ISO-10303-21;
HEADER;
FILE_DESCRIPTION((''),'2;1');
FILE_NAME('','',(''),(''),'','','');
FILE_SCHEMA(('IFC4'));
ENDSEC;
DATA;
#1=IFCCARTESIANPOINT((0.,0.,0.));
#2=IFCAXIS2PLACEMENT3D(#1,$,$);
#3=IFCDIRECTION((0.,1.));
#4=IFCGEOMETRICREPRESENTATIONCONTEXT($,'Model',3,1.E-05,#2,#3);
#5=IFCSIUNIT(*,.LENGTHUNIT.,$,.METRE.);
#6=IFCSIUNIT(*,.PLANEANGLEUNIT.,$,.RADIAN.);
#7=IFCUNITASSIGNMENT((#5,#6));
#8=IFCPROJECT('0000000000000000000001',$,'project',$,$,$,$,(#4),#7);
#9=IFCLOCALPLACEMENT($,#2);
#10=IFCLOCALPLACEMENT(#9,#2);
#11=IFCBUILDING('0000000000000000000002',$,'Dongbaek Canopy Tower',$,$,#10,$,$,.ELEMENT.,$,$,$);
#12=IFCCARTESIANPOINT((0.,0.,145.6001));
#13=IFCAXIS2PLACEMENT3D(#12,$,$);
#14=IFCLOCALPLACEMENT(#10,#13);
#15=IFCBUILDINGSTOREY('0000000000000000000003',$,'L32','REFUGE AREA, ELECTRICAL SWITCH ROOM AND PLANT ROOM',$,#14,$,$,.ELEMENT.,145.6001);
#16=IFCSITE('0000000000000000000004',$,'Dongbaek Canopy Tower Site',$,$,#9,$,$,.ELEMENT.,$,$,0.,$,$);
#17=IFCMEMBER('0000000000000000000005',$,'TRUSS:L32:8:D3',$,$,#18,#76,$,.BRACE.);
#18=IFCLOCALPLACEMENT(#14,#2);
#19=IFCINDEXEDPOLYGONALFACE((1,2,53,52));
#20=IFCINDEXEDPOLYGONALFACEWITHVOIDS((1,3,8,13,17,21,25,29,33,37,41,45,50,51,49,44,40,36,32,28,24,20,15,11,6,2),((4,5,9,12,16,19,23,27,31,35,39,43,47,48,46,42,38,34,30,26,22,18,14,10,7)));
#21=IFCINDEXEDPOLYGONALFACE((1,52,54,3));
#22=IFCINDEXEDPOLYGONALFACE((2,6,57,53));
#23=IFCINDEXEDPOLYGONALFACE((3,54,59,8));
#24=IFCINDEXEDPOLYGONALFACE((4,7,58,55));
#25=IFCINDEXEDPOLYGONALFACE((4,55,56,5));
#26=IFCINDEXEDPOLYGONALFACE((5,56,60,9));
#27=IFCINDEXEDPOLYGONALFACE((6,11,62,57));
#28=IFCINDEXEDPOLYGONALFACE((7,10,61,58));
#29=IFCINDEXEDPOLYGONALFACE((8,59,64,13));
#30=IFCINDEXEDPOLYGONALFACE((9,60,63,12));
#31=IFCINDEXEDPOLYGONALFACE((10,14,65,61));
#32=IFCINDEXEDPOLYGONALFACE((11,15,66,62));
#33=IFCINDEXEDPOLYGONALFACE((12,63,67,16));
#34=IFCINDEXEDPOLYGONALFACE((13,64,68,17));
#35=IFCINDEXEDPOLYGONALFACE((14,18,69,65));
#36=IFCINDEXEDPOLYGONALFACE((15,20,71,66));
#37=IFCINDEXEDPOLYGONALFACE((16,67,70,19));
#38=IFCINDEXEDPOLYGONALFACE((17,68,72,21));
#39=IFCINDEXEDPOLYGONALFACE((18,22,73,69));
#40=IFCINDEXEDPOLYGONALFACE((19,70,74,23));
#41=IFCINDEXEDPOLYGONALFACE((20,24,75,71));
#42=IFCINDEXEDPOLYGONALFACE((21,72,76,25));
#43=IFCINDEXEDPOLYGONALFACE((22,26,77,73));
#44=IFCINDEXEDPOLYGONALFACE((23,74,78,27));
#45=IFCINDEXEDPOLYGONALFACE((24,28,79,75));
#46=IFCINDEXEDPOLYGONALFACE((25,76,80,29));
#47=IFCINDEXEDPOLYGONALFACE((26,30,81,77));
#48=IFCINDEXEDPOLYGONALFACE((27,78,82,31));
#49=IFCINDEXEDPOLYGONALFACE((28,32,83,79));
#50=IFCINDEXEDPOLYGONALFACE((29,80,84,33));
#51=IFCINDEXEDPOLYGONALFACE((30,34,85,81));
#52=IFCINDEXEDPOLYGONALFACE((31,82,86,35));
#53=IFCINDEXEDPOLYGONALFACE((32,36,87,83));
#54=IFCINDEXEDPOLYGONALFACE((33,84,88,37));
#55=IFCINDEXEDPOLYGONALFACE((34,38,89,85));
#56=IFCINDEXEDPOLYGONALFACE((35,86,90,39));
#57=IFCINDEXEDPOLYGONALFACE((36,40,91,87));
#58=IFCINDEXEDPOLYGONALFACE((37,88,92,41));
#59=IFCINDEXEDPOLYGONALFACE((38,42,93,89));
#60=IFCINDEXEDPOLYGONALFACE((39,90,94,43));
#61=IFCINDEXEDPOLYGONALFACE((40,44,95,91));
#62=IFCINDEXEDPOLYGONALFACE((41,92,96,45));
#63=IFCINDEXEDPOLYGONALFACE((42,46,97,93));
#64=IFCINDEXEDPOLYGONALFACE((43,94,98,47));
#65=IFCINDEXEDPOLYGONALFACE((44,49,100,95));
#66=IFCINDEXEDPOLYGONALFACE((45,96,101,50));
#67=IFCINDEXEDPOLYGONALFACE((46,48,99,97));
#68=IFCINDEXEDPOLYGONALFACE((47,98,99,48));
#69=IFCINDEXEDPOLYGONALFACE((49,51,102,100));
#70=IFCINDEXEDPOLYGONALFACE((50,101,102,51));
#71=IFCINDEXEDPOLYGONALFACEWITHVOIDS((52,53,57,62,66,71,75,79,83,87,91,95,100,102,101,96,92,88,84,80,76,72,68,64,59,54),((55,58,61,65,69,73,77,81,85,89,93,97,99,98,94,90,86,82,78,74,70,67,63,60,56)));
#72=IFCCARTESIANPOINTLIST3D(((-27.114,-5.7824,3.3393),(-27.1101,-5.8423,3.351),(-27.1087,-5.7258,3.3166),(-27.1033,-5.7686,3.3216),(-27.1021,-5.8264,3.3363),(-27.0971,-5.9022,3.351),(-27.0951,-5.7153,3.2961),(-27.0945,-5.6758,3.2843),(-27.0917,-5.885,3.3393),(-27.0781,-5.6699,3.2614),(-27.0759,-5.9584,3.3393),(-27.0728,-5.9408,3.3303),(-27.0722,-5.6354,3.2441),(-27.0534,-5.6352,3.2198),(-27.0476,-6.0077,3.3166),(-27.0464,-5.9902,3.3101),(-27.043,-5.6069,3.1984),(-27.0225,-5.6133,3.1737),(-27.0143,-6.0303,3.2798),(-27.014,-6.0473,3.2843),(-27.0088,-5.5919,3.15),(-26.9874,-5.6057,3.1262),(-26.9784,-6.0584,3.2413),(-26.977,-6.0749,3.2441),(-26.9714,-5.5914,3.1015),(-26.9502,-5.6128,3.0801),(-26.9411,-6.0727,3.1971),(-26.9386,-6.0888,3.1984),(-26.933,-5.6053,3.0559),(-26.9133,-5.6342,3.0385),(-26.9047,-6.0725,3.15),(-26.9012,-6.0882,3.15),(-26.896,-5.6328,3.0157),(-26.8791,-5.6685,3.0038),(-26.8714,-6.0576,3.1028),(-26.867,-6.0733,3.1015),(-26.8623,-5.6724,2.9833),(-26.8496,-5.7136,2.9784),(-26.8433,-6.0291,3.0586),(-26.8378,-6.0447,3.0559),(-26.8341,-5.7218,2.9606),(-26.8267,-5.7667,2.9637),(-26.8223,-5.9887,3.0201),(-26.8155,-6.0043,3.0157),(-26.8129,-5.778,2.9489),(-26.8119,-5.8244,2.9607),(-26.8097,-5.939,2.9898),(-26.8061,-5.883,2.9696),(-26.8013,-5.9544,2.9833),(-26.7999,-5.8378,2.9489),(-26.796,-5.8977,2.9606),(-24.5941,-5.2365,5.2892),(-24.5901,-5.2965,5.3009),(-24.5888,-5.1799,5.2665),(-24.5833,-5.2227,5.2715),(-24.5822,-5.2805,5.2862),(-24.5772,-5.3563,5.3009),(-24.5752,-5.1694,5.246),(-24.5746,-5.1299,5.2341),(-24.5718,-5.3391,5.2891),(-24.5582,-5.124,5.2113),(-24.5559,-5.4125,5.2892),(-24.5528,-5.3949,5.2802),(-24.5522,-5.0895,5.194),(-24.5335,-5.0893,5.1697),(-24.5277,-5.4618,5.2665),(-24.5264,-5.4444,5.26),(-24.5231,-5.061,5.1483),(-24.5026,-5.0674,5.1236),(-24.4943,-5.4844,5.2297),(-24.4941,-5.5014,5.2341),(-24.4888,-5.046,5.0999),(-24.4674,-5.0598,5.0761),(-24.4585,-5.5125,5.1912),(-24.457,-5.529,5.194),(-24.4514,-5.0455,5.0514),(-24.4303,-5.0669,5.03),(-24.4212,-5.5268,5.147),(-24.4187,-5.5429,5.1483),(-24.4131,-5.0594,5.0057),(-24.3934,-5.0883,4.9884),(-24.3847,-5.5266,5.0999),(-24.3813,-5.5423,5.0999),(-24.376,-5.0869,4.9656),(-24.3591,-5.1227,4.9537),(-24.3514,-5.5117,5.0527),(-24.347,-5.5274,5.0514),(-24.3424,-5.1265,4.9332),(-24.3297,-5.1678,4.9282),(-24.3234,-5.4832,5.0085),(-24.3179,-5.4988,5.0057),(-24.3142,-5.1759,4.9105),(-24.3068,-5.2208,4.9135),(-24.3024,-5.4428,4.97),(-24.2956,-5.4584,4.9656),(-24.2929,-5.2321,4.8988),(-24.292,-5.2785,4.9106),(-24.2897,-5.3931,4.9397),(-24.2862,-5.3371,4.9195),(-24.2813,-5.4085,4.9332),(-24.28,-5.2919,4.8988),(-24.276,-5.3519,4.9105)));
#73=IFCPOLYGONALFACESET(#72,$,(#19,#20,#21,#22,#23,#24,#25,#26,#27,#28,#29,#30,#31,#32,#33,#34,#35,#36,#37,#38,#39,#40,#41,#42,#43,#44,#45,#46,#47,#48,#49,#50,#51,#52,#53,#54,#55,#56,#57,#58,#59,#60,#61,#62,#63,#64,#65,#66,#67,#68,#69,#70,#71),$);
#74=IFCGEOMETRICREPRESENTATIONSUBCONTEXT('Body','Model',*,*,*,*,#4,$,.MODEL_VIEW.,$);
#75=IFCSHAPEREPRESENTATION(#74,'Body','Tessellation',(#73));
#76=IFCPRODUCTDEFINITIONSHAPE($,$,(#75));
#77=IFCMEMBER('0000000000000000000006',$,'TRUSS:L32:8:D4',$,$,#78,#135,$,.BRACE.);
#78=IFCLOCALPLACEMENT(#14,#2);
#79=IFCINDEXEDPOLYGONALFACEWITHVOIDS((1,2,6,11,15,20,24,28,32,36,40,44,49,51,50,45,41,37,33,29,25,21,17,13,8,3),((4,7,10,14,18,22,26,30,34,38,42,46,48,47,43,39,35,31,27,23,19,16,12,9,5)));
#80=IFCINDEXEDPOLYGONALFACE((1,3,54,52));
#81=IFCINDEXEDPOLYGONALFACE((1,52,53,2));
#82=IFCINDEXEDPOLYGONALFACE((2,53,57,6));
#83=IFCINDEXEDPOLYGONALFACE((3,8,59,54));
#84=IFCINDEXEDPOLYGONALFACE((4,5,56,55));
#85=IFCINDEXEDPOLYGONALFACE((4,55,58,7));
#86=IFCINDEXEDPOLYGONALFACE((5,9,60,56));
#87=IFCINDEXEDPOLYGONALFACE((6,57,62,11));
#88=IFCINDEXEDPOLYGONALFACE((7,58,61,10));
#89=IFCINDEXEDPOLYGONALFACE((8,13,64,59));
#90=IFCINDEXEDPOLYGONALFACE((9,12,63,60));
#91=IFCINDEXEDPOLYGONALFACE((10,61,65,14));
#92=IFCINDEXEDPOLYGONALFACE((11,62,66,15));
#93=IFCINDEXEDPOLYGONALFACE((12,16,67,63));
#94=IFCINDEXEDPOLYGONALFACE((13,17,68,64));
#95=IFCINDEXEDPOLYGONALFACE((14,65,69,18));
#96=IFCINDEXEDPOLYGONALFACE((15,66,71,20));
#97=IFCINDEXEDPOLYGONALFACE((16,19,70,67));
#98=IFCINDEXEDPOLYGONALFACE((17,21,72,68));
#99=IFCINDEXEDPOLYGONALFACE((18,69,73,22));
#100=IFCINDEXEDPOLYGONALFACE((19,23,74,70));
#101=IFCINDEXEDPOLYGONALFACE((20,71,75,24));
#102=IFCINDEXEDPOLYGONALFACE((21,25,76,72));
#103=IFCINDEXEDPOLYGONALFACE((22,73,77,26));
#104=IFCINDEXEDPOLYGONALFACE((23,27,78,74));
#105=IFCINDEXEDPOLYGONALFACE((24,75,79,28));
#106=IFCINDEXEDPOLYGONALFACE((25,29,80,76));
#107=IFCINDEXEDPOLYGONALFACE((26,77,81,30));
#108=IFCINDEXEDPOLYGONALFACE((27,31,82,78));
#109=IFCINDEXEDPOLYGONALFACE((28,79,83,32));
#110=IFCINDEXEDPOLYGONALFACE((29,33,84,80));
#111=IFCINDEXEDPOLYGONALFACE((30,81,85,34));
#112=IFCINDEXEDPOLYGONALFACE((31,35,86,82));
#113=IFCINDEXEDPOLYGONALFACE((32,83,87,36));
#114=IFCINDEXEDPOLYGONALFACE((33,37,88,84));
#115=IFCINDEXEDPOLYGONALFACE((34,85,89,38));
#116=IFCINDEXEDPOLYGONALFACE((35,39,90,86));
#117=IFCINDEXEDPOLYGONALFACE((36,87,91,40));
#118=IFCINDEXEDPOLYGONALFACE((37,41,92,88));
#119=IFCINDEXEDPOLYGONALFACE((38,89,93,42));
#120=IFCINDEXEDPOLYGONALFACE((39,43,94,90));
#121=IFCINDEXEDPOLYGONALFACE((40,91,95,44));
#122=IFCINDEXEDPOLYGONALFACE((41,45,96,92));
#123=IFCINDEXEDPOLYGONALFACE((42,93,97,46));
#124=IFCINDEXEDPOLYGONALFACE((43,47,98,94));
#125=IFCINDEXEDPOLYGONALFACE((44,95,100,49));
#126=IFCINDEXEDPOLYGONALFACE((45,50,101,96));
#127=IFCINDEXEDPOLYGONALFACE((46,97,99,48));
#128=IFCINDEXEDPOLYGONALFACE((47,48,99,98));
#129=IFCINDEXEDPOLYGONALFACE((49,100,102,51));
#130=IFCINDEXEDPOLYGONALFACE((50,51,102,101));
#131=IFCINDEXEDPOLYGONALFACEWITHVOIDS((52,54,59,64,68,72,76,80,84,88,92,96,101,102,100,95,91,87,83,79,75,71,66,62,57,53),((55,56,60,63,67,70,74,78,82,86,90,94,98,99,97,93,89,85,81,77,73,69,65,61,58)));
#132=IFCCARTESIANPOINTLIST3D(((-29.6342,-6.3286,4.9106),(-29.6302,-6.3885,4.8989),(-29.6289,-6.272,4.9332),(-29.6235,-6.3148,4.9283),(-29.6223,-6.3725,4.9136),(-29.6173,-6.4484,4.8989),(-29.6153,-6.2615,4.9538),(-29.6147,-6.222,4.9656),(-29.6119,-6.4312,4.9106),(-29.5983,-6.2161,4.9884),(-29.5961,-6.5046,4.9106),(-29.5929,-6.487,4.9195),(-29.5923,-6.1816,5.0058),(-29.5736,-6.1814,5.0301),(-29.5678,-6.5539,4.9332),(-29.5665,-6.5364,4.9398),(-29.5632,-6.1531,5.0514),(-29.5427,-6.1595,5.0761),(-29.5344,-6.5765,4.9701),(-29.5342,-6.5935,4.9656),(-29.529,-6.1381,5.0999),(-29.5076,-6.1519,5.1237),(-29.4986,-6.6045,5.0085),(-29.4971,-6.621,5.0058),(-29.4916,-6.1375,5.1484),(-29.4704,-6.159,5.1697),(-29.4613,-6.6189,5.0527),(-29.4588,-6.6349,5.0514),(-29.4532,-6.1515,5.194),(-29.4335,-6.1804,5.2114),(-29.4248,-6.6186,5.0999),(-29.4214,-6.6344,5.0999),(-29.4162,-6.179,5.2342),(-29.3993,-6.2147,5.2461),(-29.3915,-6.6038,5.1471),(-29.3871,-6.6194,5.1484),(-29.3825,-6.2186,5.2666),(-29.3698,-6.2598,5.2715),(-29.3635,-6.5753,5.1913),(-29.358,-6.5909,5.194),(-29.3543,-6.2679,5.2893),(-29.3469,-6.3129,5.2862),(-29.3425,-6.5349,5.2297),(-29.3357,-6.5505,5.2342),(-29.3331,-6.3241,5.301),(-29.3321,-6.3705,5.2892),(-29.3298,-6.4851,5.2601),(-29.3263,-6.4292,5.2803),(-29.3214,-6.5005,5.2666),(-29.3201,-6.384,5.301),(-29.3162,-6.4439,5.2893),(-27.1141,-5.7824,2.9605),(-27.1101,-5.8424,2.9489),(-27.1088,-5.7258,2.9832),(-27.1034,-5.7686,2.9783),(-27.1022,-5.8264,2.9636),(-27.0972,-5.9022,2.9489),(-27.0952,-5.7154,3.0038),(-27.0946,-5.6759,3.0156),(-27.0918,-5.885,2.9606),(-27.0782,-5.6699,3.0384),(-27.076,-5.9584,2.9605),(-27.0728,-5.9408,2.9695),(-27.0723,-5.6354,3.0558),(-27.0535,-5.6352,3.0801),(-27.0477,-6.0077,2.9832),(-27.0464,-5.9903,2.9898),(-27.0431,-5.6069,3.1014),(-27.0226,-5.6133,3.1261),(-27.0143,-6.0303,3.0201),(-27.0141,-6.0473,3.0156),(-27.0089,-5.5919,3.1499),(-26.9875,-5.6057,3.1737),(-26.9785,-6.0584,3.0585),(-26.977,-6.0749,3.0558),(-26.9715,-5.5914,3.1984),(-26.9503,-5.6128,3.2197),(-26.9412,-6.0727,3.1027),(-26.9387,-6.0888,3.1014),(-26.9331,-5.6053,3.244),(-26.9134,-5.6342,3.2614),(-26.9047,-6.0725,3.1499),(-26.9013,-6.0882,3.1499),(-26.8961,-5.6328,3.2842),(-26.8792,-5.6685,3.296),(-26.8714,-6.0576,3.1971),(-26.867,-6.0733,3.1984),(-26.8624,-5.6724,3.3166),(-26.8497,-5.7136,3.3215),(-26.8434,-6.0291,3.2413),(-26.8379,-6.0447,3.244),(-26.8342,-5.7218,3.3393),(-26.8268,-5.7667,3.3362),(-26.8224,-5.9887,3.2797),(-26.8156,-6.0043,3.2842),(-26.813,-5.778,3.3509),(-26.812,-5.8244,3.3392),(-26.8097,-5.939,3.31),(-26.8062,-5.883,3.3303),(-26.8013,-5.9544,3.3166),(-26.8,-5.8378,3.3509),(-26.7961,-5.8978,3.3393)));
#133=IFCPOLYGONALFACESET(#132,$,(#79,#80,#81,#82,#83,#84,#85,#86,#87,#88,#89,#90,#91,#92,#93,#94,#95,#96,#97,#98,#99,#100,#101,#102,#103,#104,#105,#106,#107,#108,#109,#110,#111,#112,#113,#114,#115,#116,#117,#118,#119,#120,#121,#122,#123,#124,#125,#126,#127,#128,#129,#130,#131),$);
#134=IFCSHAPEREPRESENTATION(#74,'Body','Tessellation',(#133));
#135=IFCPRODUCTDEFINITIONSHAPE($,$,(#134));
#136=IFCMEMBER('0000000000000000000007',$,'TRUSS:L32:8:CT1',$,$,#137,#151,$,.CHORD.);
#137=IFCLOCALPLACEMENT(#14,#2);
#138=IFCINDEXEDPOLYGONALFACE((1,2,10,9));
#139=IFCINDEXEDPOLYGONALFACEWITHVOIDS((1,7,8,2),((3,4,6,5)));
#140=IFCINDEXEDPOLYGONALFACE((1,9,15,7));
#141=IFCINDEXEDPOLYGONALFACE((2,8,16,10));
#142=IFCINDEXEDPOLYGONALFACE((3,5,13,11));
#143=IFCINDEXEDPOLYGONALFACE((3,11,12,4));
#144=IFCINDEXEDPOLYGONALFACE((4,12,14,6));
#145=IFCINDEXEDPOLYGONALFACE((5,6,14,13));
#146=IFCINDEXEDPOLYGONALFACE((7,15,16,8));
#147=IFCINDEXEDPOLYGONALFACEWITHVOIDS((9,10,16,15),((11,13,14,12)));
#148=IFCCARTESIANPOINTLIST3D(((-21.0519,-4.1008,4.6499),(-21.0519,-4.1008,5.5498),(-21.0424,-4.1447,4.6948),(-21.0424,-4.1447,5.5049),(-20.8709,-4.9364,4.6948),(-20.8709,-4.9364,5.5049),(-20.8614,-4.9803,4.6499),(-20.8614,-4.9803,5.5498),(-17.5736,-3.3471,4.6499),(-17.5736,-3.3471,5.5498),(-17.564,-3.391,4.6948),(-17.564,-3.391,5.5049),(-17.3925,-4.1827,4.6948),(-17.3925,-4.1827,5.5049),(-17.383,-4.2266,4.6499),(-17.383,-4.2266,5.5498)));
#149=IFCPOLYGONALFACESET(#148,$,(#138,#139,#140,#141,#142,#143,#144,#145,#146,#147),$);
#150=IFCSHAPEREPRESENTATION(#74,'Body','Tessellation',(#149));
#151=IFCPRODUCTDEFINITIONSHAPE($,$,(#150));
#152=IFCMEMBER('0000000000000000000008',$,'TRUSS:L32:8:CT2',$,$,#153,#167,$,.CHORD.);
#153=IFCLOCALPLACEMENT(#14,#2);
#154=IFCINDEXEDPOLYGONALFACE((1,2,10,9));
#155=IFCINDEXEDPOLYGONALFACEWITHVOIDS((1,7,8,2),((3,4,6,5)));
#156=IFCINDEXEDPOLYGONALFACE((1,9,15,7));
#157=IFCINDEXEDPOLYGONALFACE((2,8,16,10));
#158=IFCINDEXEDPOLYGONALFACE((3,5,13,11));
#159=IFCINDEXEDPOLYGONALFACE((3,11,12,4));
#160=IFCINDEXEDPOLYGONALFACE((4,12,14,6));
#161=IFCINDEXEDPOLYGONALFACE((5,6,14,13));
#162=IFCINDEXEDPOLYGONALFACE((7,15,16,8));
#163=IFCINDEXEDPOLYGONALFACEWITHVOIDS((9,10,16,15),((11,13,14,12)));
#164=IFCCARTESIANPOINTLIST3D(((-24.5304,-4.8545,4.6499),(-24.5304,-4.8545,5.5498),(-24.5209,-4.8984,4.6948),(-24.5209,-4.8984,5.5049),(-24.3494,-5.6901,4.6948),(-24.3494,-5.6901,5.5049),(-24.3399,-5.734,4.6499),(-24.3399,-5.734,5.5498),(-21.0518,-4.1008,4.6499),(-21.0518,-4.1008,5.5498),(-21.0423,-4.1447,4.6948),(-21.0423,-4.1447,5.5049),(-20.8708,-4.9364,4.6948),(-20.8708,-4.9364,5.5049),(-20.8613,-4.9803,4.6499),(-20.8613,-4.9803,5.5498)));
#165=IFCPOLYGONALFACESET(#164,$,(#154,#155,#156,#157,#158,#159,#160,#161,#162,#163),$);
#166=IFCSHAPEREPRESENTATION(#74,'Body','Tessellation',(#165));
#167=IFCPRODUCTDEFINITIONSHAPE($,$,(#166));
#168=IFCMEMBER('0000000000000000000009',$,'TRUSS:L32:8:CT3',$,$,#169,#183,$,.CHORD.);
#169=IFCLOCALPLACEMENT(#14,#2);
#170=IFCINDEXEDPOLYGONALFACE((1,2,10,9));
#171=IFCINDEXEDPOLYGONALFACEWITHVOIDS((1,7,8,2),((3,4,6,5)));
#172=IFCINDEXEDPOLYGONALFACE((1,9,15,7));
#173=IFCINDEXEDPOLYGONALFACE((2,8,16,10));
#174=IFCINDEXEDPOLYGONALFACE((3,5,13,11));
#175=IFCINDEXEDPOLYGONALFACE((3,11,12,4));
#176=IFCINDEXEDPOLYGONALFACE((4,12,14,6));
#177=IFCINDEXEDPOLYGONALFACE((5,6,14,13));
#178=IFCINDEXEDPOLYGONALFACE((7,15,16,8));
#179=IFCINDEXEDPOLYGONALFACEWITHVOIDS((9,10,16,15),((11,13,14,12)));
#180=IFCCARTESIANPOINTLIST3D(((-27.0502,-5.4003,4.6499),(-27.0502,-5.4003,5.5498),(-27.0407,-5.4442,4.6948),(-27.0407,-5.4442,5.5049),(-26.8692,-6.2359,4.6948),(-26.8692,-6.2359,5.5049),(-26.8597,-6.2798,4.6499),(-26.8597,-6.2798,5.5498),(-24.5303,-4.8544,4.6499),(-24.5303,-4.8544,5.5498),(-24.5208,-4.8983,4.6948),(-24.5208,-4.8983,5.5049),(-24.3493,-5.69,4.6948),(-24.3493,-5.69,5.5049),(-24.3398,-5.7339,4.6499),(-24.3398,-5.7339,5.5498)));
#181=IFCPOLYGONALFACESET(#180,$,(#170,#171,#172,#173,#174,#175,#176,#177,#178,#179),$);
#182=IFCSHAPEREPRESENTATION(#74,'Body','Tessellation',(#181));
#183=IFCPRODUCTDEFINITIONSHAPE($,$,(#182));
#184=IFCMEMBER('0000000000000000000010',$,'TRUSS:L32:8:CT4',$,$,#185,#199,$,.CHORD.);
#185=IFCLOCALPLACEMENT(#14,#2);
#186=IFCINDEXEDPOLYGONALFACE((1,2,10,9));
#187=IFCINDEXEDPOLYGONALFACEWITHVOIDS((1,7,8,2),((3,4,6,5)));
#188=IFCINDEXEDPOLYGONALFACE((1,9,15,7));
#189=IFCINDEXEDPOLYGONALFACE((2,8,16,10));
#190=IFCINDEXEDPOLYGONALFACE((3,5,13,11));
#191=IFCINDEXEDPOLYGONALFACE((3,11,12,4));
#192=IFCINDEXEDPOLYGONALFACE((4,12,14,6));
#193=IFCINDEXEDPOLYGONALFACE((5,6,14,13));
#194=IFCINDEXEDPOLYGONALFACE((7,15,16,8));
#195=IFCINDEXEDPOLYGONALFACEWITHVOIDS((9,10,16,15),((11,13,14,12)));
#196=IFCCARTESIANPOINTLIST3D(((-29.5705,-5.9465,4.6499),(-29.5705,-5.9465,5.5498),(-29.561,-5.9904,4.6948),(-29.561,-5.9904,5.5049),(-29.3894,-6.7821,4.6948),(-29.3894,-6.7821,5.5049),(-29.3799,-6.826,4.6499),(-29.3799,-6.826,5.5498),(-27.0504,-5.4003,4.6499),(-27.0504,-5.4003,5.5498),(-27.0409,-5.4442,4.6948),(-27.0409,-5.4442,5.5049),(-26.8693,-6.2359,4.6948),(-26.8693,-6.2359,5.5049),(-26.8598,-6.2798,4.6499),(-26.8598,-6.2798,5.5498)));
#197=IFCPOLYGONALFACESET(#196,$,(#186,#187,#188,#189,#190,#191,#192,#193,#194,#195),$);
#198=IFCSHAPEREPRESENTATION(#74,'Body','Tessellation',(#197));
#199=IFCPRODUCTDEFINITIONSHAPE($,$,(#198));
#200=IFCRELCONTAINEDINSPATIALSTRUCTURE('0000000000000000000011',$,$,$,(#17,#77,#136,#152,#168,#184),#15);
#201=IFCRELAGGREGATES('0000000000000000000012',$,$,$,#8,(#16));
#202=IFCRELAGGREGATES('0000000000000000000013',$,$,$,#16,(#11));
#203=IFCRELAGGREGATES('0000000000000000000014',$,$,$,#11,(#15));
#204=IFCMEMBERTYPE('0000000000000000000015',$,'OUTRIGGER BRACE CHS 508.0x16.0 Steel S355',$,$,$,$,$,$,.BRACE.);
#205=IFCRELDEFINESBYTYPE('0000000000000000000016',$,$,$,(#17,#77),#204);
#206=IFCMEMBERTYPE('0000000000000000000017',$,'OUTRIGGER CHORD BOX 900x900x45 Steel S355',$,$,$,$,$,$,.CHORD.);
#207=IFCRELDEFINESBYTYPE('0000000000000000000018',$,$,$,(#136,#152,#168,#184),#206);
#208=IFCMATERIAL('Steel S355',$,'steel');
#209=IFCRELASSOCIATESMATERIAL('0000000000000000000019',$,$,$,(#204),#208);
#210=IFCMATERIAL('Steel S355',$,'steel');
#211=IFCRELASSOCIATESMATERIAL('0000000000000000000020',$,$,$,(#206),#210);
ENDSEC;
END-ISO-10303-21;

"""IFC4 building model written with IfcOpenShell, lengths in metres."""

from ifc_helpers import new_model, si_unit, direction, frame, origin, origin_2d, place, context, subcontext, project, spatial, hollow_rectangle, hollow_circle, extrude, material, material_profile, profile_set, type_object, element, save


model = new_model("IFC4")

# Units and contexts
model_context = context("Model", 3, precision=1e-05, world=origin(), true_north=direction((0.0, 1.0)))
body_context = subcontext(model_context, "Body", "Model", "MODEL_VIEW")
ifc_project = project(units=[si_unit("LENGTHUNIT", "METRE"), si_unit("PLANEANGLEUNIT", "RADIAN")], contexts=[model_context])

# Site, building, storey
site_placement = place(None, origin())
site = spatial("IfcSite", under=ifc_project, at=site_placement, Name="Dongbaek Canopy Tower Site", CompositionType="ELEMENT", RefElevation=0.0)
building_placement = place(site_placement, origin())
building = spatial("IfcBuilding", under=site, at=building_placement, Name="Dongbaek Canopy Tower", CompositionType="ELEMENT")
storey_placement = place(building_placement, frame((0.0, 0.0, 145.6001)))
storey = spatial("IfcBuildingStorey", under=building, at=storey_placement, Name="L32", Description="REFUGE AREA, ELECTRICAL SWITCH ROOM AND PLANT ROOM", CompositionType="ELEMENT", Elevation=145.6001)

# Members
ifc_material_1 = material(Name="Steel S355", Category="steel")
ifc_material_profile_1 = material_profile(ifc_material_1, hollow_circle(Radius=0.2539, WallThickness=0.0161, at=origin_2d()), Name="OUTRIGGER BRACE CHS 508.0x16.0 Steel S355")
ifc_profile_set_1 = profile_set([ifc_material_profile_1], Name="Steel S355")
member_type_1 = type_object("IfcMemberType", Name="OUTRIGGER BRACE CHS 508.0x16.0 Steel S355", PredefinedType="BRACE", material=ifc_profile_set_1)
member_1_placement = place(storey_placement, frame((-24.4351, -5.2942, 5.0999), z_axis=(-0.779523, -0.168864, -0.603182), x_axis=(0.211714, -0.977332, 0.0)))
element("IfcMember", 1, at=member_1_placement, inside=storey, type_object=member_type_1, Name="TRUSS:L32:8:D3", PredefinedType="BRACE", context=body_context, shape_type="SweptSolid", body=[
    extrude(hollow_circle(Radius=0.2539, WallThickness=0.0161, at=origin_2d()), origin(), (0.0, 0.0, 1.0), 3.2327),
])
member_2_placement = place(storey_placement, frame((-26.9551, -5.8401, 3.1499), z_axis=(-0.779513, -0.168937, 0.603175), x_axis=(0.211805, -0.977312, 0.0)))
element("IfcMember", 2, at=member_2_placement, inside=storey, type_object=member_type_1, Name="TRUSS:L32:8:D4", PredefinedType="BRACE", context=body_context, shape_type="SweptSolid", body=[
    extrude(hollow_circle(Radius=0.2539, WallThickness=0.0161, at=origin_2d()), origin(), (0.0, 0.0, 1.0), 3.2329),
])
ifc_material_2 = material(Name="Steel S355", Category="steel")
ifc_material_profile_2 = material_profile(ifc_material_2, hollow_rectangle(XDim=0.8999, YDim=0.8999, WallThickness=0.0449, at=origin_2d()), Name="OUTRIGGER CHORD BOX 900x900x45 Steel S355")
ifc_profile_set_2 = profile_set([ifc_material_profile_2], Name="Steel S355")
member_type_2 = type_object("IfcMemberType", Name="OUTRIGGER CHORD BOX 900x900x45 Steel S355", PredefinedType="CHORD", material=ifc_profile_set_2)
member_3_placement = place(storey_placement, frame((-17.4783, -3.7869, 5.0999), z_axis=(-0.977321, -0.211763, 0.0), x_axis=(0.211763, -0.977321, 0.0)))
element("IfcMember", 3, at=member_3_placement, inside=storey, type_object=member_type_2, Name="TRUSS:L32:8:CT1", PredefinedType="CHORD", context=body_context, shape_type="SweptSolid", body=[
    extrude(hollow_rectangle(XDim=0.8999, YDim=0.8999, WallThickness=0.0449, at=origin_2d()), origin(), (0.0, 0.0, 1.0), 3.5591),
])
member_4_placement = place(storey_placement, frame((-20.9565, -4.5405, 5.0999), z_axis=(-0.977324, -0.211749, 0.0), x_axis=(0.211749, -0.977324, 0.0)))
element("IfcMember", 4, at=member_4_placement, inside=storey, type_object=member_type_2, Name="TRUSS:L32:8:CT2", PredefinedType="CHORD", context=body_context, shape_type="SweptSolid", body=[
    extrude(hollow_rectangle(XDim=0.8999, YDim=0.8999, WallThickness=0.0449, at=origin_2d()), origin(), (0.0, 0.0, 1.0), 3.5593),
])
member_5_placement = place(storey_placement, frame((-24.4351, -5.2942, 5.0999), z_axis=(-0.977332, -0.211714, 0.0), x_axis=(0.211714, -0.977332, 0.0)))
element("IfcMember", 5, at=member_5_placement, inside=storey, type_object=member_type_2, Name="TRUSS:L32:8:CT3", PredefinedType="CHORD", context=body_context, shape_type="SweptSolid", body=[
    extrude(hollow_rectangle(XDim=0.8999, YDim=0.8999, WallThickness=0.0449, at=origin_2d()), origin(), (0.0, 0.0, 1.0), 2.5784),
])
member_6_placement = place(storey_placement, frame((-26.9551, -5.8401, 5.0999), z_axis=(-0.977312, -0.211805, 0.0), x_axis=(0.211805, -0.977312, 0.0)))
element("IfcMember", 6, at=member_6_placement, inside=storey, type_object=member_type_2, Name="TRUSS:L32:8:CT4", PredefinedType="CHORD", context=body_context, shape_type="SweptSolid", body=[
    extrude(hollow_rectangle(XDim=0.8999, YDim=0.8999, WallThickness=0.0449, at=origin_2d()), origin(), (0.0, 0.0, 1.0), 2.5786),
])

save(model, "model.ifc")
